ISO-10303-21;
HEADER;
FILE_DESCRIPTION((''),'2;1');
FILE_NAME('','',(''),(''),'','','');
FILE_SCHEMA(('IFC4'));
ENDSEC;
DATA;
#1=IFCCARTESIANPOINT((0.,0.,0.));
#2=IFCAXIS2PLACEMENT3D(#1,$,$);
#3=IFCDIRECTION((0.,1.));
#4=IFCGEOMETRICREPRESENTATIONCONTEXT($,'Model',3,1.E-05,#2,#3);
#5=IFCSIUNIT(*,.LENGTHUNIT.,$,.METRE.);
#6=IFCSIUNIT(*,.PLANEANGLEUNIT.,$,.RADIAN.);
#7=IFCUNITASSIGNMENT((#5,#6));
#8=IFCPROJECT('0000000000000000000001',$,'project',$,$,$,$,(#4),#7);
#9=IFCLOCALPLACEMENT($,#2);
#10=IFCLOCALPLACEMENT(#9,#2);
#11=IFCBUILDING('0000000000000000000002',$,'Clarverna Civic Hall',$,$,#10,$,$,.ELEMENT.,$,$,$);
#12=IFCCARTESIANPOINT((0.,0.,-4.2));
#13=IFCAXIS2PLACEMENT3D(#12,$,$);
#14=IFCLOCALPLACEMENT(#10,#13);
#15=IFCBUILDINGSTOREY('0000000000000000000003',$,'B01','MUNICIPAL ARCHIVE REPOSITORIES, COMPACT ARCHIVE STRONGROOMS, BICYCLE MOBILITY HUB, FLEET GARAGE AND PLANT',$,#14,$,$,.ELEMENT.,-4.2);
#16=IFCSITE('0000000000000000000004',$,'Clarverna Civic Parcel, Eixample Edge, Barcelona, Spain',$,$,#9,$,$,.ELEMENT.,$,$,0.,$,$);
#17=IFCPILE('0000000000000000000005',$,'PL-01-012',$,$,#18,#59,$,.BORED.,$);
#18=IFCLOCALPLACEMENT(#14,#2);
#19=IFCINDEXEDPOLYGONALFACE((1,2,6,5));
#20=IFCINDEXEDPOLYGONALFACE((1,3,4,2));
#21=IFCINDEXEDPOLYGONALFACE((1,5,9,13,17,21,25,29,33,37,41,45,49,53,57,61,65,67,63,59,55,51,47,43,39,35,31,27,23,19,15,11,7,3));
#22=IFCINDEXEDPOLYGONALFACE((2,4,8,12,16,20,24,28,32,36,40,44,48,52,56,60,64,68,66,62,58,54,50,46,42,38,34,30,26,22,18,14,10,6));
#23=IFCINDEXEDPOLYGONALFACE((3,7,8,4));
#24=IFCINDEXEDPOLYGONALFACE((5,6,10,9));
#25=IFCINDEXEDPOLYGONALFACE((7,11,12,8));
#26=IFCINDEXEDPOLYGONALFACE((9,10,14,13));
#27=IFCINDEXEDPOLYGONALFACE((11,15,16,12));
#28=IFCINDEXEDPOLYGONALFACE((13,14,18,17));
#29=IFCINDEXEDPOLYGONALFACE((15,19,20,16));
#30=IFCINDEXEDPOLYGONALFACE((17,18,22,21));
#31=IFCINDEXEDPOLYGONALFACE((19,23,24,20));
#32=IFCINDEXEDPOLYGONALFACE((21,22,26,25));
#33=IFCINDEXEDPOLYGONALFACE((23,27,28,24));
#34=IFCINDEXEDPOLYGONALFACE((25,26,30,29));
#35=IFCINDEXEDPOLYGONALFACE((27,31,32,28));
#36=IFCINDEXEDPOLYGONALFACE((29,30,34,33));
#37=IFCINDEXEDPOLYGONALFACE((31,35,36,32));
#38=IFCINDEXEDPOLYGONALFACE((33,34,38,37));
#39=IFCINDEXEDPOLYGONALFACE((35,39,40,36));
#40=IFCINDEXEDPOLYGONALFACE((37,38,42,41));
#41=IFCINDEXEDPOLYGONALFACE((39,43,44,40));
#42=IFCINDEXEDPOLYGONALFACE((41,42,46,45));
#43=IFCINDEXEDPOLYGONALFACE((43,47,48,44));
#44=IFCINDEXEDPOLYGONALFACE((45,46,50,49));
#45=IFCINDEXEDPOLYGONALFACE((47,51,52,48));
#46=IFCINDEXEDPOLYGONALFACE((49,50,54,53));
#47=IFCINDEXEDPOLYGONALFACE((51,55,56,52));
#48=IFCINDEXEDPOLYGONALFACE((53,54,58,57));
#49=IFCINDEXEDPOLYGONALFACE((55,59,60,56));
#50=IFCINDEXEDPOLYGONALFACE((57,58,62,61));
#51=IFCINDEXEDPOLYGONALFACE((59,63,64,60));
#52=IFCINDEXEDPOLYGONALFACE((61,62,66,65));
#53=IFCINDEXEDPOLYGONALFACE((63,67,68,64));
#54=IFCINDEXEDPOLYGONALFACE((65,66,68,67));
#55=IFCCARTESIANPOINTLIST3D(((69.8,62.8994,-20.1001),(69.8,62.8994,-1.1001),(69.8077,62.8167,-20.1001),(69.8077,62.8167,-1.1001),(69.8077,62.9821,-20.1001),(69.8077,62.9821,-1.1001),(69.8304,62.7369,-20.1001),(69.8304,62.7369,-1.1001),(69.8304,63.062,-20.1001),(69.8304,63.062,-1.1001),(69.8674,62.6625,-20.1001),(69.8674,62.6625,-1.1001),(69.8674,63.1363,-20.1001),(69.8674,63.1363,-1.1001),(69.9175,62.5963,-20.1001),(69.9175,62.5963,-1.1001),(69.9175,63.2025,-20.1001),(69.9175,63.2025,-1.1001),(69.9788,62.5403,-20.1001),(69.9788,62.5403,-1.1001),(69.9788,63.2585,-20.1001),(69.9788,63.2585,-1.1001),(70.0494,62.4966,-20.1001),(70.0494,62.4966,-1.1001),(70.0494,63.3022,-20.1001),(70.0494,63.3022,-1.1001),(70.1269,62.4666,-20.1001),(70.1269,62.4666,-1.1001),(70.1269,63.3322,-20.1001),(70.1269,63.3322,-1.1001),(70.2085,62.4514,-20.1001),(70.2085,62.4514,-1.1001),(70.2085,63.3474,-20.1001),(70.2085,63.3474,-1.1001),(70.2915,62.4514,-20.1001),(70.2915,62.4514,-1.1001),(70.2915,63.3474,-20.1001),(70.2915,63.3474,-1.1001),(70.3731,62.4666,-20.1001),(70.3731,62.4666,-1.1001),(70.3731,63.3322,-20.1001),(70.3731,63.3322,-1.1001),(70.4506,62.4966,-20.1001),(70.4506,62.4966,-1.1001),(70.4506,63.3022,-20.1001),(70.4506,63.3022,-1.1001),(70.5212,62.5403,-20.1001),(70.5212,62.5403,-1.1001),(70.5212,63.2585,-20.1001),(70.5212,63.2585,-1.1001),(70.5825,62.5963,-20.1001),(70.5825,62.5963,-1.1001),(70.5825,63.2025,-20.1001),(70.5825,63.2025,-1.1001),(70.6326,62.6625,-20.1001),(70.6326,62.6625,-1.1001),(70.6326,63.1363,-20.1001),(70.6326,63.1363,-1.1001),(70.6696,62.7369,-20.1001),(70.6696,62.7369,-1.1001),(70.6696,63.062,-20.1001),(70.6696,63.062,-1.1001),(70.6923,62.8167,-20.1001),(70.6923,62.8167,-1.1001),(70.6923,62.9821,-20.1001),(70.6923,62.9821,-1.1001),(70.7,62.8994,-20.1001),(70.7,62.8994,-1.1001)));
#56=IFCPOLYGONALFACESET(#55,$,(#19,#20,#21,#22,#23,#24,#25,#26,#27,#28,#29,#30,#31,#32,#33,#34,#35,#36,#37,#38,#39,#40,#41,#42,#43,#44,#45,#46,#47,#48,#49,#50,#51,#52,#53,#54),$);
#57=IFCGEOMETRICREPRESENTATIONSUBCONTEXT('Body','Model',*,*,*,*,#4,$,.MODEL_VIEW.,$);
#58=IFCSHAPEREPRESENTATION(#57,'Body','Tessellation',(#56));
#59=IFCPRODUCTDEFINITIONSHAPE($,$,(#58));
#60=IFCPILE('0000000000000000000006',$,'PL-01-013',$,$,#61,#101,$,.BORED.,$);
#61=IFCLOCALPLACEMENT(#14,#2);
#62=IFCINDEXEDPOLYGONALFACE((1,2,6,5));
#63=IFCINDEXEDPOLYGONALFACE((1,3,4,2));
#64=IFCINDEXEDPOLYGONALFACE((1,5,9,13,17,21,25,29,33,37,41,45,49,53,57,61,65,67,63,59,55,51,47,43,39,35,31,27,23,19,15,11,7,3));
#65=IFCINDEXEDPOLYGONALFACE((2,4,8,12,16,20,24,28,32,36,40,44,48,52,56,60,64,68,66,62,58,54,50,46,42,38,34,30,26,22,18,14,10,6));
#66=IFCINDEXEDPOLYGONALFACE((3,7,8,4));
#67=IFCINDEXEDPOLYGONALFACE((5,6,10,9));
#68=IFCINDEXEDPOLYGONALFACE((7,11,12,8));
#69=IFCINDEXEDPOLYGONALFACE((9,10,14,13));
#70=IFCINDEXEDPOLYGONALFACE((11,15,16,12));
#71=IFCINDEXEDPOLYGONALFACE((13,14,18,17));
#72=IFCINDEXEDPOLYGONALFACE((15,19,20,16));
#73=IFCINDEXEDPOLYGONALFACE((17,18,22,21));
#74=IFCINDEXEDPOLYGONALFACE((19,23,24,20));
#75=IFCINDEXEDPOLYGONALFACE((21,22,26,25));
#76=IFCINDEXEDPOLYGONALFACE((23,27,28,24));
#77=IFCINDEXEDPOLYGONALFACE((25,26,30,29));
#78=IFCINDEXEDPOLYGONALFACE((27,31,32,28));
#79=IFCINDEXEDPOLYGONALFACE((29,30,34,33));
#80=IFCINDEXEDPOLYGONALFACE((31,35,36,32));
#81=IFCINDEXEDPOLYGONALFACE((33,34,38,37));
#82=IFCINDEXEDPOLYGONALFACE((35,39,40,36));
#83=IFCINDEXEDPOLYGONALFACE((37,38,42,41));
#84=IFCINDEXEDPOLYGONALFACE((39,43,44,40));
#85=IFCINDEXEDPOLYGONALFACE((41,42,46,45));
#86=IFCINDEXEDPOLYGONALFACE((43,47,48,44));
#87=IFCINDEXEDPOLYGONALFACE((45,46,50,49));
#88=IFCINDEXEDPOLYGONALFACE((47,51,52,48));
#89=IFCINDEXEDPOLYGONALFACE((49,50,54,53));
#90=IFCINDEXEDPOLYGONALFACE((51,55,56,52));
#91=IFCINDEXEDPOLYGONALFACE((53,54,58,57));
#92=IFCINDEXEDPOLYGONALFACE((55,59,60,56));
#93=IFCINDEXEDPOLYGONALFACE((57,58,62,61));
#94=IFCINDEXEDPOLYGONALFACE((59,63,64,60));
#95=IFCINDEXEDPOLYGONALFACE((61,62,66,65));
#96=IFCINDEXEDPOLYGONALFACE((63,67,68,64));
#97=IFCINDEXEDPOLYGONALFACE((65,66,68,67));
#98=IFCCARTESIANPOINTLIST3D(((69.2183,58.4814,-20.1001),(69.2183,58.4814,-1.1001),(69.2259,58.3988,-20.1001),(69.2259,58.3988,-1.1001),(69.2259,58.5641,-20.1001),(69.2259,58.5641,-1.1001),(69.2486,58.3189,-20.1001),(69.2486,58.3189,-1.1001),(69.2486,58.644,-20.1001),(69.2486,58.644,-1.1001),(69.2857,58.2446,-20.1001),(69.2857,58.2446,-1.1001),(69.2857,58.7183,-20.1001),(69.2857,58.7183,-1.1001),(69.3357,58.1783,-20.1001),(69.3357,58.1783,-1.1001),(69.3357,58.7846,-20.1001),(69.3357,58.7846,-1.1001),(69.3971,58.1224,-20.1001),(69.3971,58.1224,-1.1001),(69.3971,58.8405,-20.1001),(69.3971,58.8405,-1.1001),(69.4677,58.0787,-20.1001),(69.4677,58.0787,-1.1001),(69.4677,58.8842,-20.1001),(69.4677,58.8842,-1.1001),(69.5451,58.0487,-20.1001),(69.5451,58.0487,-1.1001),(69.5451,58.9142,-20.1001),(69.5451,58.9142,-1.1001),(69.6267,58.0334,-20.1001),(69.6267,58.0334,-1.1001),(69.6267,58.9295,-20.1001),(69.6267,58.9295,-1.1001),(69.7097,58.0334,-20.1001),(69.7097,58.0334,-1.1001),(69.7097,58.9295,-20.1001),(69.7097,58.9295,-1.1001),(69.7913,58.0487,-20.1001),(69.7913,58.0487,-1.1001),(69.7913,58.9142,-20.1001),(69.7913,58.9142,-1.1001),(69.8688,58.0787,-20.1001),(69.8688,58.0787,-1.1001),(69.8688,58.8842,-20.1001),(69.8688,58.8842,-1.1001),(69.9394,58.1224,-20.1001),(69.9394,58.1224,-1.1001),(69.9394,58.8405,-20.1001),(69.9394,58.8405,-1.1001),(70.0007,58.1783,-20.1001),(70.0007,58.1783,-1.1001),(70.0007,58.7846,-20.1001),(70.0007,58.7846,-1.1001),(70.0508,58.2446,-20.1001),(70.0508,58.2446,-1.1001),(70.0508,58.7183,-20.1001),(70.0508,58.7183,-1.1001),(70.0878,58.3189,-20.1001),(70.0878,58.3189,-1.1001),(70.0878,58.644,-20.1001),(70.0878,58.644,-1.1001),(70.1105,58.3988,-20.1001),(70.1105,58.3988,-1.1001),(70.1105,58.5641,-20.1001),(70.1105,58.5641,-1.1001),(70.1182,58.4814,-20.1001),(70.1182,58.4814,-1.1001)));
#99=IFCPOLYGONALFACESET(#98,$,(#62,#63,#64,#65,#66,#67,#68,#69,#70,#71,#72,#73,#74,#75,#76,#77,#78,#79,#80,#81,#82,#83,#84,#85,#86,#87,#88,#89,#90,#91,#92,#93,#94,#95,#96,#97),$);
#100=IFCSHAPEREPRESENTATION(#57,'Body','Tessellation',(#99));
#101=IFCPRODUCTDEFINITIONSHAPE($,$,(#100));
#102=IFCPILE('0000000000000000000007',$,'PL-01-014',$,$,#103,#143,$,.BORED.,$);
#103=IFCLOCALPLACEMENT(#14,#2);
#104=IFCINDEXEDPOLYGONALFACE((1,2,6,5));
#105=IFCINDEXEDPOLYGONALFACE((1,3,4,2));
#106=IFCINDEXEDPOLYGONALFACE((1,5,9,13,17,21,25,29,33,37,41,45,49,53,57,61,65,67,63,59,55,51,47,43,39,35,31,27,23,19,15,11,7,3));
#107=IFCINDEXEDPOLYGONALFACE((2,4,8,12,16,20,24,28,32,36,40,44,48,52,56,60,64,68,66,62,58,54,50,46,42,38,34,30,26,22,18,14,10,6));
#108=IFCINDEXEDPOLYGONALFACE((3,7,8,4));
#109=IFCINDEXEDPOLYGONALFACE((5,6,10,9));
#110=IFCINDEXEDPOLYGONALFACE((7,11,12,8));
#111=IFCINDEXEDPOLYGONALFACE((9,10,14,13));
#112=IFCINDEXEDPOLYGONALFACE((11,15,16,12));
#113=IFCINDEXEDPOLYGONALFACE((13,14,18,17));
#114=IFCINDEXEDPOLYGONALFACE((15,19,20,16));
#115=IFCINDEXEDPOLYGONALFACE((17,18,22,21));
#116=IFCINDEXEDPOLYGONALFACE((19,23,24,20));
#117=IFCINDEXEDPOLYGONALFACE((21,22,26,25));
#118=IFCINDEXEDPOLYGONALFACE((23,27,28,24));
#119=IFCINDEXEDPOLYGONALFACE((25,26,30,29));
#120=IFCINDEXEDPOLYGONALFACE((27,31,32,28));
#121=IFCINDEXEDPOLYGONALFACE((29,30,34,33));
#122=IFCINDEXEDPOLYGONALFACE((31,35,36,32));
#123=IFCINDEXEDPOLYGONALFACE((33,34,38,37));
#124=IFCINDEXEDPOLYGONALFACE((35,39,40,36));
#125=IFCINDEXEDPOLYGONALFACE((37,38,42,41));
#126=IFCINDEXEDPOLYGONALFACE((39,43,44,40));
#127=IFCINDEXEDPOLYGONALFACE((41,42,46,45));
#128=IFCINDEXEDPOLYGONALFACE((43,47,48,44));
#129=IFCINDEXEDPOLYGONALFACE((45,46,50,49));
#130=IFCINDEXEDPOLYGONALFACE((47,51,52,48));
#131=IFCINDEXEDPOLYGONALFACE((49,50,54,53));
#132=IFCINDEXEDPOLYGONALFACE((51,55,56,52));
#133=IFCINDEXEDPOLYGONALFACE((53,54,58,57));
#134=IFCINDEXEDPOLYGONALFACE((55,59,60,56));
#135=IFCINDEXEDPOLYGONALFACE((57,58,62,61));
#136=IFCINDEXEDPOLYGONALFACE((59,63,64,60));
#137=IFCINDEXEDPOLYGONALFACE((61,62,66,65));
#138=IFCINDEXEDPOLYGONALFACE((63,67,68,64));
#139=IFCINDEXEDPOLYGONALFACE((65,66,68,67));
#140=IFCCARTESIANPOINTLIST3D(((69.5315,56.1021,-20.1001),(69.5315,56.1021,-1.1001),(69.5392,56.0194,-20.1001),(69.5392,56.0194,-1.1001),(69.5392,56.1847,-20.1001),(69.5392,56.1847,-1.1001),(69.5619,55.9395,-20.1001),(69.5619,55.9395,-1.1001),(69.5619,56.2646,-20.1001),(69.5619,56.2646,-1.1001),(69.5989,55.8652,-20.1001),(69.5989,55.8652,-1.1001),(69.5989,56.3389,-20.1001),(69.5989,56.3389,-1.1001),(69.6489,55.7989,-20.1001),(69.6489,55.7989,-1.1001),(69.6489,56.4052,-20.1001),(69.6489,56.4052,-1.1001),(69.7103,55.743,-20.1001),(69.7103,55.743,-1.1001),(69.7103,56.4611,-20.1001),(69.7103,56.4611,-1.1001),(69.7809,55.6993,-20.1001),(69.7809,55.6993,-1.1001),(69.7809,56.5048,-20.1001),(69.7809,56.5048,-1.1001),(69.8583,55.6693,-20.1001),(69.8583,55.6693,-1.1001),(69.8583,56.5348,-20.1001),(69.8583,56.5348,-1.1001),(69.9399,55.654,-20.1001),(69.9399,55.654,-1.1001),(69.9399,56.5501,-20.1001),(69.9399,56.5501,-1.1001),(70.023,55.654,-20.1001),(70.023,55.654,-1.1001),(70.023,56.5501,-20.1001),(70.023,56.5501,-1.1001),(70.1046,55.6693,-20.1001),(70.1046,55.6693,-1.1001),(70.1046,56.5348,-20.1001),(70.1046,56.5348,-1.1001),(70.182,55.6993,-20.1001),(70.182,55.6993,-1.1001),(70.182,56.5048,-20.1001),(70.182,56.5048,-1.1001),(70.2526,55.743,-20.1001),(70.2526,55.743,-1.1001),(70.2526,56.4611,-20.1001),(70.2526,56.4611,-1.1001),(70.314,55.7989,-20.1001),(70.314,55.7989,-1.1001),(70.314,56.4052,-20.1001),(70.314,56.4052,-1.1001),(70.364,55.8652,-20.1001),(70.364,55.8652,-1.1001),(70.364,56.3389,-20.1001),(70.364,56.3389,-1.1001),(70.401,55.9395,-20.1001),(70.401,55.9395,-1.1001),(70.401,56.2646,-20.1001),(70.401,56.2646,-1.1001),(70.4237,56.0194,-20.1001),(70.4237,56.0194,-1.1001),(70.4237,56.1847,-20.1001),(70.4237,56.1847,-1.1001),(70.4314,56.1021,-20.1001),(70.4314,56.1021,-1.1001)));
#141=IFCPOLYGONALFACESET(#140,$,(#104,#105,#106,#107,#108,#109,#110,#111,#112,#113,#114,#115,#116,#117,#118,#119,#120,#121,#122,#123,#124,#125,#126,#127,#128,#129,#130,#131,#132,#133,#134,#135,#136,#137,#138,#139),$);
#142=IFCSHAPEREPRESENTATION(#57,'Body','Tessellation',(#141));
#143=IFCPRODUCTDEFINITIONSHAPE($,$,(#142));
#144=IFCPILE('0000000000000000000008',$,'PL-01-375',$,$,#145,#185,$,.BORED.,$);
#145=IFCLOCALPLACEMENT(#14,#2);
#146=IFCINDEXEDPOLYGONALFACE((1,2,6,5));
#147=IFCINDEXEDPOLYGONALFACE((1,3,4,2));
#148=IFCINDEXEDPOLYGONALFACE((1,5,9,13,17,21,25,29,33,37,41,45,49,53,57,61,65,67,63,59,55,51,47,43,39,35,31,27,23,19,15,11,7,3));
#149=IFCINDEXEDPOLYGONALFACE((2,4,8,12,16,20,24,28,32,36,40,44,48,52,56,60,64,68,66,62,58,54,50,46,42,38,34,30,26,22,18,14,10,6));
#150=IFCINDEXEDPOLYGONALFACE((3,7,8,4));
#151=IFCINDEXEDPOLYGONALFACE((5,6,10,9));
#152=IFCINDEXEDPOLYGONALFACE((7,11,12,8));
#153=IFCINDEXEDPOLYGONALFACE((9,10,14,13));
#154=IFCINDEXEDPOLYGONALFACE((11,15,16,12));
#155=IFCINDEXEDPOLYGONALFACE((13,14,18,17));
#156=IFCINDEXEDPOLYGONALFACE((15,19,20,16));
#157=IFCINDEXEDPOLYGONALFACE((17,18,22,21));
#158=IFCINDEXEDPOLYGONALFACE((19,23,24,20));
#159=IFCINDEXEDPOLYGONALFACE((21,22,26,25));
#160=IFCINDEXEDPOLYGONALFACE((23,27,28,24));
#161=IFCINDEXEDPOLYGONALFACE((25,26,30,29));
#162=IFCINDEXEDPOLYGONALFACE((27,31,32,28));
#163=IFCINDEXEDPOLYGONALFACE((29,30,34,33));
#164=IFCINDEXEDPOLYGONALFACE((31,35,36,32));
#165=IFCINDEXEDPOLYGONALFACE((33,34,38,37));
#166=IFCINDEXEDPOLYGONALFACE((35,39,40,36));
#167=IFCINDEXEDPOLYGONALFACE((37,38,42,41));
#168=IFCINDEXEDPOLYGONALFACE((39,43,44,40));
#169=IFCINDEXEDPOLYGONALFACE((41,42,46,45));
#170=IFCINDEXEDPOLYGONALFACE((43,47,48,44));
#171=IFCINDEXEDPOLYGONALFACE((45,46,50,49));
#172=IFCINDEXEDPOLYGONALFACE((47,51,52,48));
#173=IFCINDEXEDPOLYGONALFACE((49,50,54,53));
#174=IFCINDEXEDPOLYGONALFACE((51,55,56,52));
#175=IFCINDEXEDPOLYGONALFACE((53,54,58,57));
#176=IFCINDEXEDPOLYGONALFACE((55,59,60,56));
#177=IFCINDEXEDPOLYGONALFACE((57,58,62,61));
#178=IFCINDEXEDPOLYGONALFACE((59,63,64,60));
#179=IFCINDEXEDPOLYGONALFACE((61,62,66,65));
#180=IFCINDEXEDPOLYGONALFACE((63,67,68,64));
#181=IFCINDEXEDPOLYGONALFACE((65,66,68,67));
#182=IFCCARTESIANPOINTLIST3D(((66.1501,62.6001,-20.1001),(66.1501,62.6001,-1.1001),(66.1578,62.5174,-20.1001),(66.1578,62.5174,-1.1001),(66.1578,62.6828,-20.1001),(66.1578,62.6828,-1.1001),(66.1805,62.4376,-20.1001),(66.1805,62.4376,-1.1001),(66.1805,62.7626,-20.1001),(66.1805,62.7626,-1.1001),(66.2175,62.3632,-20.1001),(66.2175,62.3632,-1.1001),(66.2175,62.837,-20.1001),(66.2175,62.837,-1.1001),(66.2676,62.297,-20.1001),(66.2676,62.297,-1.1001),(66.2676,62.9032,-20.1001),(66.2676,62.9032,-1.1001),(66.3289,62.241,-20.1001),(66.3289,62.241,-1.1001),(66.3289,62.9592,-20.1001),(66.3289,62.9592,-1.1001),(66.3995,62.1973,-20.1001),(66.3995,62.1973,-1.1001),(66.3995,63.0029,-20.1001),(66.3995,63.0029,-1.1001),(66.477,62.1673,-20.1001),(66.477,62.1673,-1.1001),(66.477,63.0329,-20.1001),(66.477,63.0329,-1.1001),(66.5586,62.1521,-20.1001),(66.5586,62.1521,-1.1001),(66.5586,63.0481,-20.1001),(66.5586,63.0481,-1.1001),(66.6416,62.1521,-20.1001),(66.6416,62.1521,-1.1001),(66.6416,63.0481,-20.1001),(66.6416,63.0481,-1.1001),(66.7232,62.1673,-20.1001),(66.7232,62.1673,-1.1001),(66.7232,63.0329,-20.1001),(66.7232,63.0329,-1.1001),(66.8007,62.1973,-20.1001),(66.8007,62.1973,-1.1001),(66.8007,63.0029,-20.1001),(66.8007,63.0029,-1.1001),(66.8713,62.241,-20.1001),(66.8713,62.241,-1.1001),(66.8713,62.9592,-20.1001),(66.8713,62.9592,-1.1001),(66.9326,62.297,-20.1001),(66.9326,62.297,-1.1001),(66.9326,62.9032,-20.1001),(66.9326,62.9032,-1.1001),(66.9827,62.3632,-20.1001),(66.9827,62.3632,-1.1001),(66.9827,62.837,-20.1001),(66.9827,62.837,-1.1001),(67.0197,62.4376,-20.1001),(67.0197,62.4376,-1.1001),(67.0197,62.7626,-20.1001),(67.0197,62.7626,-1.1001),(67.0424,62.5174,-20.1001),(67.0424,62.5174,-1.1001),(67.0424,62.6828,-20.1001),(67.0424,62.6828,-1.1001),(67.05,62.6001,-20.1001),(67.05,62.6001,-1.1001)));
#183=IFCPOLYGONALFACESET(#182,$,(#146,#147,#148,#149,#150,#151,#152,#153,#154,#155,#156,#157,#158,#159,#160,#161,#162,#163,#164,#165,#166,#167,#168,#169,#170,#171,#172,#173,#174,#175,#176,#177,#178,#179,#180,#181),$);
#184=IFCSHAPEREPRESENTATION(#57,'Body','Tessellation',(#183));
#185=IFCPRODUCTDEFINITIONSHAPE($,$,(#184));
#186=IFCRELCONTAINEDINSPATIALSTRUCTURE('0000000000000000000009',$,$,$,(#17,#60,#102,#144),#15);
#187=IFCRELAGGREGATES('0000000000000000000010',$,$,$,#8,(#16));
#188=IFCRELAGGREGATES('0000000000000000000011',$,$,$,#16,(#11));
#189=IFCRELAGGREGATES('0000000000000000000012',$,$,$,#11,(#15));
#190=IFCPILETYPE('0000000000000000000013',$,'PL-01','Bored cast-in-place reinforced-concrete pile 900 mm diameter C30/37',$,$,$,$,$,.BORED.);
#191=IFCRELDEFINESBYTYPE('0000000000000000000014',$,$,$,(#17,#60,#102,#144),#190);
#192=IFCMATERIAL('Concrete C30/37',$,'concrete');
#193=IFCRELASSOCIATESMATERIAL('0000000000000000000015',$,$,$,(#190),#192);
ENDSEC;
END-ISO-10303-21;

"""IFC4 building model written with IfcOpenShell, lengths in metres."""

from ifc_helpers import new_model, si_unit, direction, frame, origin, origin_2d, place, context, subcontext, project, spatial, circle, extrude, material, material_profile, profile_set, type_object, element, save


model = new_model("IFC4")

# Units and contexts
model_context = context("Model", 3, precision=1e-05, world=origin(), true_north=direction((0.0, 1.0)))
body_context = subcontext(model_context, "Body", "Model", "MODEL_VIEW")
ifc_project = project(units=[si_unit("LENGTHUNIT", "METRE"), si_unit("PLANEANGLEUNIT", "RADIAN")], contexts=[model_context])

# Site, building, storey
site_placement = place(None, origin())
site = spatial("IfcSite", under=ifc_project, at=site_placement, Name="Clarverna Civic Parcel, Eixample Edge, Barcelona, Spain", CompositionType="ELEMENT", RefElevation=0.0)
building_placement = place(site_placement, origin())
building = spatial("IfcBuilding", under=site, at=building_placement, Name="Clarverna Civic Hall", CompositionType="ELEMENT")
storey_placement = place(building_placement, frame((0.0, 0.0, -4.2)))
storey = spatial("IfcBuildingStorey", under=building, at=storey_placement, Name="B01", Description="MUNICIPAL ARCHIVE REPOSITORIES, COMPACT ARCHIVE STRONGROOMS, BICYCLE MOBILITY HUB, FLEET GARAGE AND PLANT", CompositionType="ELEMENT", Elevation=-4.2)

# Shared definitions
ifc_material_1 = material(Name="Concrete C30/37", Category="concrete")

# Piles
ifc_material_profile_1 = material_profile(ifc_material_1, circle(Radius=0.45, at=origin_2d()), Name="BORED PILE D900")
ifc_profile_set_1 = profile_set([ifc_material_profile_1], Name="Concrete C30/37")
pile_type_1 = type_object("IfcPileType", Name="PL-01", Description="Bored cast-in-place reinforced-concrete pile 900 mm diameter C30/37", PredefinedType="BORED", material=ifc_profile_set_1)
for number, where, z_axis, x_axis, name in (
    (1, (70.25, 62.8994, -1.1001), (0.0, 0.0, -1.0), (1.0, 0.0, 0.0), "PL-01-012"),
    (2, (69.6682, 58.4814, -1.1001), (0.0, 0.0, -1.0), (1.0, 0.0, 0.0), "PL-01-013"),
    (3, (69.9814, 56.1021, -1.1001), (0.0, 0.0, -1.0), (1.0, 0.0, 0.0), "PL-01-014"),
    (4, (66.6001, 62.6001, -1.1001), (0.0, 0.0, -1.0), (1.0, 0.0, 0.0), "PL-01-375"),
):
    element("IfcPile", number, at=place(storey_placement, frame(where, z_axis=z_axis, x_axis=x_axis)), inside=storey, type_object=pile_type_1, Name=name, PredefinedType="BORED", context=body_context, shape_type="SweptSolid", body=[
        extrude(circle(Radius=0.45, at=origin_2d()), origin(), (0.0, 0.0, 1.0), 19.0),
    ])

save(model, "model.ifc")
